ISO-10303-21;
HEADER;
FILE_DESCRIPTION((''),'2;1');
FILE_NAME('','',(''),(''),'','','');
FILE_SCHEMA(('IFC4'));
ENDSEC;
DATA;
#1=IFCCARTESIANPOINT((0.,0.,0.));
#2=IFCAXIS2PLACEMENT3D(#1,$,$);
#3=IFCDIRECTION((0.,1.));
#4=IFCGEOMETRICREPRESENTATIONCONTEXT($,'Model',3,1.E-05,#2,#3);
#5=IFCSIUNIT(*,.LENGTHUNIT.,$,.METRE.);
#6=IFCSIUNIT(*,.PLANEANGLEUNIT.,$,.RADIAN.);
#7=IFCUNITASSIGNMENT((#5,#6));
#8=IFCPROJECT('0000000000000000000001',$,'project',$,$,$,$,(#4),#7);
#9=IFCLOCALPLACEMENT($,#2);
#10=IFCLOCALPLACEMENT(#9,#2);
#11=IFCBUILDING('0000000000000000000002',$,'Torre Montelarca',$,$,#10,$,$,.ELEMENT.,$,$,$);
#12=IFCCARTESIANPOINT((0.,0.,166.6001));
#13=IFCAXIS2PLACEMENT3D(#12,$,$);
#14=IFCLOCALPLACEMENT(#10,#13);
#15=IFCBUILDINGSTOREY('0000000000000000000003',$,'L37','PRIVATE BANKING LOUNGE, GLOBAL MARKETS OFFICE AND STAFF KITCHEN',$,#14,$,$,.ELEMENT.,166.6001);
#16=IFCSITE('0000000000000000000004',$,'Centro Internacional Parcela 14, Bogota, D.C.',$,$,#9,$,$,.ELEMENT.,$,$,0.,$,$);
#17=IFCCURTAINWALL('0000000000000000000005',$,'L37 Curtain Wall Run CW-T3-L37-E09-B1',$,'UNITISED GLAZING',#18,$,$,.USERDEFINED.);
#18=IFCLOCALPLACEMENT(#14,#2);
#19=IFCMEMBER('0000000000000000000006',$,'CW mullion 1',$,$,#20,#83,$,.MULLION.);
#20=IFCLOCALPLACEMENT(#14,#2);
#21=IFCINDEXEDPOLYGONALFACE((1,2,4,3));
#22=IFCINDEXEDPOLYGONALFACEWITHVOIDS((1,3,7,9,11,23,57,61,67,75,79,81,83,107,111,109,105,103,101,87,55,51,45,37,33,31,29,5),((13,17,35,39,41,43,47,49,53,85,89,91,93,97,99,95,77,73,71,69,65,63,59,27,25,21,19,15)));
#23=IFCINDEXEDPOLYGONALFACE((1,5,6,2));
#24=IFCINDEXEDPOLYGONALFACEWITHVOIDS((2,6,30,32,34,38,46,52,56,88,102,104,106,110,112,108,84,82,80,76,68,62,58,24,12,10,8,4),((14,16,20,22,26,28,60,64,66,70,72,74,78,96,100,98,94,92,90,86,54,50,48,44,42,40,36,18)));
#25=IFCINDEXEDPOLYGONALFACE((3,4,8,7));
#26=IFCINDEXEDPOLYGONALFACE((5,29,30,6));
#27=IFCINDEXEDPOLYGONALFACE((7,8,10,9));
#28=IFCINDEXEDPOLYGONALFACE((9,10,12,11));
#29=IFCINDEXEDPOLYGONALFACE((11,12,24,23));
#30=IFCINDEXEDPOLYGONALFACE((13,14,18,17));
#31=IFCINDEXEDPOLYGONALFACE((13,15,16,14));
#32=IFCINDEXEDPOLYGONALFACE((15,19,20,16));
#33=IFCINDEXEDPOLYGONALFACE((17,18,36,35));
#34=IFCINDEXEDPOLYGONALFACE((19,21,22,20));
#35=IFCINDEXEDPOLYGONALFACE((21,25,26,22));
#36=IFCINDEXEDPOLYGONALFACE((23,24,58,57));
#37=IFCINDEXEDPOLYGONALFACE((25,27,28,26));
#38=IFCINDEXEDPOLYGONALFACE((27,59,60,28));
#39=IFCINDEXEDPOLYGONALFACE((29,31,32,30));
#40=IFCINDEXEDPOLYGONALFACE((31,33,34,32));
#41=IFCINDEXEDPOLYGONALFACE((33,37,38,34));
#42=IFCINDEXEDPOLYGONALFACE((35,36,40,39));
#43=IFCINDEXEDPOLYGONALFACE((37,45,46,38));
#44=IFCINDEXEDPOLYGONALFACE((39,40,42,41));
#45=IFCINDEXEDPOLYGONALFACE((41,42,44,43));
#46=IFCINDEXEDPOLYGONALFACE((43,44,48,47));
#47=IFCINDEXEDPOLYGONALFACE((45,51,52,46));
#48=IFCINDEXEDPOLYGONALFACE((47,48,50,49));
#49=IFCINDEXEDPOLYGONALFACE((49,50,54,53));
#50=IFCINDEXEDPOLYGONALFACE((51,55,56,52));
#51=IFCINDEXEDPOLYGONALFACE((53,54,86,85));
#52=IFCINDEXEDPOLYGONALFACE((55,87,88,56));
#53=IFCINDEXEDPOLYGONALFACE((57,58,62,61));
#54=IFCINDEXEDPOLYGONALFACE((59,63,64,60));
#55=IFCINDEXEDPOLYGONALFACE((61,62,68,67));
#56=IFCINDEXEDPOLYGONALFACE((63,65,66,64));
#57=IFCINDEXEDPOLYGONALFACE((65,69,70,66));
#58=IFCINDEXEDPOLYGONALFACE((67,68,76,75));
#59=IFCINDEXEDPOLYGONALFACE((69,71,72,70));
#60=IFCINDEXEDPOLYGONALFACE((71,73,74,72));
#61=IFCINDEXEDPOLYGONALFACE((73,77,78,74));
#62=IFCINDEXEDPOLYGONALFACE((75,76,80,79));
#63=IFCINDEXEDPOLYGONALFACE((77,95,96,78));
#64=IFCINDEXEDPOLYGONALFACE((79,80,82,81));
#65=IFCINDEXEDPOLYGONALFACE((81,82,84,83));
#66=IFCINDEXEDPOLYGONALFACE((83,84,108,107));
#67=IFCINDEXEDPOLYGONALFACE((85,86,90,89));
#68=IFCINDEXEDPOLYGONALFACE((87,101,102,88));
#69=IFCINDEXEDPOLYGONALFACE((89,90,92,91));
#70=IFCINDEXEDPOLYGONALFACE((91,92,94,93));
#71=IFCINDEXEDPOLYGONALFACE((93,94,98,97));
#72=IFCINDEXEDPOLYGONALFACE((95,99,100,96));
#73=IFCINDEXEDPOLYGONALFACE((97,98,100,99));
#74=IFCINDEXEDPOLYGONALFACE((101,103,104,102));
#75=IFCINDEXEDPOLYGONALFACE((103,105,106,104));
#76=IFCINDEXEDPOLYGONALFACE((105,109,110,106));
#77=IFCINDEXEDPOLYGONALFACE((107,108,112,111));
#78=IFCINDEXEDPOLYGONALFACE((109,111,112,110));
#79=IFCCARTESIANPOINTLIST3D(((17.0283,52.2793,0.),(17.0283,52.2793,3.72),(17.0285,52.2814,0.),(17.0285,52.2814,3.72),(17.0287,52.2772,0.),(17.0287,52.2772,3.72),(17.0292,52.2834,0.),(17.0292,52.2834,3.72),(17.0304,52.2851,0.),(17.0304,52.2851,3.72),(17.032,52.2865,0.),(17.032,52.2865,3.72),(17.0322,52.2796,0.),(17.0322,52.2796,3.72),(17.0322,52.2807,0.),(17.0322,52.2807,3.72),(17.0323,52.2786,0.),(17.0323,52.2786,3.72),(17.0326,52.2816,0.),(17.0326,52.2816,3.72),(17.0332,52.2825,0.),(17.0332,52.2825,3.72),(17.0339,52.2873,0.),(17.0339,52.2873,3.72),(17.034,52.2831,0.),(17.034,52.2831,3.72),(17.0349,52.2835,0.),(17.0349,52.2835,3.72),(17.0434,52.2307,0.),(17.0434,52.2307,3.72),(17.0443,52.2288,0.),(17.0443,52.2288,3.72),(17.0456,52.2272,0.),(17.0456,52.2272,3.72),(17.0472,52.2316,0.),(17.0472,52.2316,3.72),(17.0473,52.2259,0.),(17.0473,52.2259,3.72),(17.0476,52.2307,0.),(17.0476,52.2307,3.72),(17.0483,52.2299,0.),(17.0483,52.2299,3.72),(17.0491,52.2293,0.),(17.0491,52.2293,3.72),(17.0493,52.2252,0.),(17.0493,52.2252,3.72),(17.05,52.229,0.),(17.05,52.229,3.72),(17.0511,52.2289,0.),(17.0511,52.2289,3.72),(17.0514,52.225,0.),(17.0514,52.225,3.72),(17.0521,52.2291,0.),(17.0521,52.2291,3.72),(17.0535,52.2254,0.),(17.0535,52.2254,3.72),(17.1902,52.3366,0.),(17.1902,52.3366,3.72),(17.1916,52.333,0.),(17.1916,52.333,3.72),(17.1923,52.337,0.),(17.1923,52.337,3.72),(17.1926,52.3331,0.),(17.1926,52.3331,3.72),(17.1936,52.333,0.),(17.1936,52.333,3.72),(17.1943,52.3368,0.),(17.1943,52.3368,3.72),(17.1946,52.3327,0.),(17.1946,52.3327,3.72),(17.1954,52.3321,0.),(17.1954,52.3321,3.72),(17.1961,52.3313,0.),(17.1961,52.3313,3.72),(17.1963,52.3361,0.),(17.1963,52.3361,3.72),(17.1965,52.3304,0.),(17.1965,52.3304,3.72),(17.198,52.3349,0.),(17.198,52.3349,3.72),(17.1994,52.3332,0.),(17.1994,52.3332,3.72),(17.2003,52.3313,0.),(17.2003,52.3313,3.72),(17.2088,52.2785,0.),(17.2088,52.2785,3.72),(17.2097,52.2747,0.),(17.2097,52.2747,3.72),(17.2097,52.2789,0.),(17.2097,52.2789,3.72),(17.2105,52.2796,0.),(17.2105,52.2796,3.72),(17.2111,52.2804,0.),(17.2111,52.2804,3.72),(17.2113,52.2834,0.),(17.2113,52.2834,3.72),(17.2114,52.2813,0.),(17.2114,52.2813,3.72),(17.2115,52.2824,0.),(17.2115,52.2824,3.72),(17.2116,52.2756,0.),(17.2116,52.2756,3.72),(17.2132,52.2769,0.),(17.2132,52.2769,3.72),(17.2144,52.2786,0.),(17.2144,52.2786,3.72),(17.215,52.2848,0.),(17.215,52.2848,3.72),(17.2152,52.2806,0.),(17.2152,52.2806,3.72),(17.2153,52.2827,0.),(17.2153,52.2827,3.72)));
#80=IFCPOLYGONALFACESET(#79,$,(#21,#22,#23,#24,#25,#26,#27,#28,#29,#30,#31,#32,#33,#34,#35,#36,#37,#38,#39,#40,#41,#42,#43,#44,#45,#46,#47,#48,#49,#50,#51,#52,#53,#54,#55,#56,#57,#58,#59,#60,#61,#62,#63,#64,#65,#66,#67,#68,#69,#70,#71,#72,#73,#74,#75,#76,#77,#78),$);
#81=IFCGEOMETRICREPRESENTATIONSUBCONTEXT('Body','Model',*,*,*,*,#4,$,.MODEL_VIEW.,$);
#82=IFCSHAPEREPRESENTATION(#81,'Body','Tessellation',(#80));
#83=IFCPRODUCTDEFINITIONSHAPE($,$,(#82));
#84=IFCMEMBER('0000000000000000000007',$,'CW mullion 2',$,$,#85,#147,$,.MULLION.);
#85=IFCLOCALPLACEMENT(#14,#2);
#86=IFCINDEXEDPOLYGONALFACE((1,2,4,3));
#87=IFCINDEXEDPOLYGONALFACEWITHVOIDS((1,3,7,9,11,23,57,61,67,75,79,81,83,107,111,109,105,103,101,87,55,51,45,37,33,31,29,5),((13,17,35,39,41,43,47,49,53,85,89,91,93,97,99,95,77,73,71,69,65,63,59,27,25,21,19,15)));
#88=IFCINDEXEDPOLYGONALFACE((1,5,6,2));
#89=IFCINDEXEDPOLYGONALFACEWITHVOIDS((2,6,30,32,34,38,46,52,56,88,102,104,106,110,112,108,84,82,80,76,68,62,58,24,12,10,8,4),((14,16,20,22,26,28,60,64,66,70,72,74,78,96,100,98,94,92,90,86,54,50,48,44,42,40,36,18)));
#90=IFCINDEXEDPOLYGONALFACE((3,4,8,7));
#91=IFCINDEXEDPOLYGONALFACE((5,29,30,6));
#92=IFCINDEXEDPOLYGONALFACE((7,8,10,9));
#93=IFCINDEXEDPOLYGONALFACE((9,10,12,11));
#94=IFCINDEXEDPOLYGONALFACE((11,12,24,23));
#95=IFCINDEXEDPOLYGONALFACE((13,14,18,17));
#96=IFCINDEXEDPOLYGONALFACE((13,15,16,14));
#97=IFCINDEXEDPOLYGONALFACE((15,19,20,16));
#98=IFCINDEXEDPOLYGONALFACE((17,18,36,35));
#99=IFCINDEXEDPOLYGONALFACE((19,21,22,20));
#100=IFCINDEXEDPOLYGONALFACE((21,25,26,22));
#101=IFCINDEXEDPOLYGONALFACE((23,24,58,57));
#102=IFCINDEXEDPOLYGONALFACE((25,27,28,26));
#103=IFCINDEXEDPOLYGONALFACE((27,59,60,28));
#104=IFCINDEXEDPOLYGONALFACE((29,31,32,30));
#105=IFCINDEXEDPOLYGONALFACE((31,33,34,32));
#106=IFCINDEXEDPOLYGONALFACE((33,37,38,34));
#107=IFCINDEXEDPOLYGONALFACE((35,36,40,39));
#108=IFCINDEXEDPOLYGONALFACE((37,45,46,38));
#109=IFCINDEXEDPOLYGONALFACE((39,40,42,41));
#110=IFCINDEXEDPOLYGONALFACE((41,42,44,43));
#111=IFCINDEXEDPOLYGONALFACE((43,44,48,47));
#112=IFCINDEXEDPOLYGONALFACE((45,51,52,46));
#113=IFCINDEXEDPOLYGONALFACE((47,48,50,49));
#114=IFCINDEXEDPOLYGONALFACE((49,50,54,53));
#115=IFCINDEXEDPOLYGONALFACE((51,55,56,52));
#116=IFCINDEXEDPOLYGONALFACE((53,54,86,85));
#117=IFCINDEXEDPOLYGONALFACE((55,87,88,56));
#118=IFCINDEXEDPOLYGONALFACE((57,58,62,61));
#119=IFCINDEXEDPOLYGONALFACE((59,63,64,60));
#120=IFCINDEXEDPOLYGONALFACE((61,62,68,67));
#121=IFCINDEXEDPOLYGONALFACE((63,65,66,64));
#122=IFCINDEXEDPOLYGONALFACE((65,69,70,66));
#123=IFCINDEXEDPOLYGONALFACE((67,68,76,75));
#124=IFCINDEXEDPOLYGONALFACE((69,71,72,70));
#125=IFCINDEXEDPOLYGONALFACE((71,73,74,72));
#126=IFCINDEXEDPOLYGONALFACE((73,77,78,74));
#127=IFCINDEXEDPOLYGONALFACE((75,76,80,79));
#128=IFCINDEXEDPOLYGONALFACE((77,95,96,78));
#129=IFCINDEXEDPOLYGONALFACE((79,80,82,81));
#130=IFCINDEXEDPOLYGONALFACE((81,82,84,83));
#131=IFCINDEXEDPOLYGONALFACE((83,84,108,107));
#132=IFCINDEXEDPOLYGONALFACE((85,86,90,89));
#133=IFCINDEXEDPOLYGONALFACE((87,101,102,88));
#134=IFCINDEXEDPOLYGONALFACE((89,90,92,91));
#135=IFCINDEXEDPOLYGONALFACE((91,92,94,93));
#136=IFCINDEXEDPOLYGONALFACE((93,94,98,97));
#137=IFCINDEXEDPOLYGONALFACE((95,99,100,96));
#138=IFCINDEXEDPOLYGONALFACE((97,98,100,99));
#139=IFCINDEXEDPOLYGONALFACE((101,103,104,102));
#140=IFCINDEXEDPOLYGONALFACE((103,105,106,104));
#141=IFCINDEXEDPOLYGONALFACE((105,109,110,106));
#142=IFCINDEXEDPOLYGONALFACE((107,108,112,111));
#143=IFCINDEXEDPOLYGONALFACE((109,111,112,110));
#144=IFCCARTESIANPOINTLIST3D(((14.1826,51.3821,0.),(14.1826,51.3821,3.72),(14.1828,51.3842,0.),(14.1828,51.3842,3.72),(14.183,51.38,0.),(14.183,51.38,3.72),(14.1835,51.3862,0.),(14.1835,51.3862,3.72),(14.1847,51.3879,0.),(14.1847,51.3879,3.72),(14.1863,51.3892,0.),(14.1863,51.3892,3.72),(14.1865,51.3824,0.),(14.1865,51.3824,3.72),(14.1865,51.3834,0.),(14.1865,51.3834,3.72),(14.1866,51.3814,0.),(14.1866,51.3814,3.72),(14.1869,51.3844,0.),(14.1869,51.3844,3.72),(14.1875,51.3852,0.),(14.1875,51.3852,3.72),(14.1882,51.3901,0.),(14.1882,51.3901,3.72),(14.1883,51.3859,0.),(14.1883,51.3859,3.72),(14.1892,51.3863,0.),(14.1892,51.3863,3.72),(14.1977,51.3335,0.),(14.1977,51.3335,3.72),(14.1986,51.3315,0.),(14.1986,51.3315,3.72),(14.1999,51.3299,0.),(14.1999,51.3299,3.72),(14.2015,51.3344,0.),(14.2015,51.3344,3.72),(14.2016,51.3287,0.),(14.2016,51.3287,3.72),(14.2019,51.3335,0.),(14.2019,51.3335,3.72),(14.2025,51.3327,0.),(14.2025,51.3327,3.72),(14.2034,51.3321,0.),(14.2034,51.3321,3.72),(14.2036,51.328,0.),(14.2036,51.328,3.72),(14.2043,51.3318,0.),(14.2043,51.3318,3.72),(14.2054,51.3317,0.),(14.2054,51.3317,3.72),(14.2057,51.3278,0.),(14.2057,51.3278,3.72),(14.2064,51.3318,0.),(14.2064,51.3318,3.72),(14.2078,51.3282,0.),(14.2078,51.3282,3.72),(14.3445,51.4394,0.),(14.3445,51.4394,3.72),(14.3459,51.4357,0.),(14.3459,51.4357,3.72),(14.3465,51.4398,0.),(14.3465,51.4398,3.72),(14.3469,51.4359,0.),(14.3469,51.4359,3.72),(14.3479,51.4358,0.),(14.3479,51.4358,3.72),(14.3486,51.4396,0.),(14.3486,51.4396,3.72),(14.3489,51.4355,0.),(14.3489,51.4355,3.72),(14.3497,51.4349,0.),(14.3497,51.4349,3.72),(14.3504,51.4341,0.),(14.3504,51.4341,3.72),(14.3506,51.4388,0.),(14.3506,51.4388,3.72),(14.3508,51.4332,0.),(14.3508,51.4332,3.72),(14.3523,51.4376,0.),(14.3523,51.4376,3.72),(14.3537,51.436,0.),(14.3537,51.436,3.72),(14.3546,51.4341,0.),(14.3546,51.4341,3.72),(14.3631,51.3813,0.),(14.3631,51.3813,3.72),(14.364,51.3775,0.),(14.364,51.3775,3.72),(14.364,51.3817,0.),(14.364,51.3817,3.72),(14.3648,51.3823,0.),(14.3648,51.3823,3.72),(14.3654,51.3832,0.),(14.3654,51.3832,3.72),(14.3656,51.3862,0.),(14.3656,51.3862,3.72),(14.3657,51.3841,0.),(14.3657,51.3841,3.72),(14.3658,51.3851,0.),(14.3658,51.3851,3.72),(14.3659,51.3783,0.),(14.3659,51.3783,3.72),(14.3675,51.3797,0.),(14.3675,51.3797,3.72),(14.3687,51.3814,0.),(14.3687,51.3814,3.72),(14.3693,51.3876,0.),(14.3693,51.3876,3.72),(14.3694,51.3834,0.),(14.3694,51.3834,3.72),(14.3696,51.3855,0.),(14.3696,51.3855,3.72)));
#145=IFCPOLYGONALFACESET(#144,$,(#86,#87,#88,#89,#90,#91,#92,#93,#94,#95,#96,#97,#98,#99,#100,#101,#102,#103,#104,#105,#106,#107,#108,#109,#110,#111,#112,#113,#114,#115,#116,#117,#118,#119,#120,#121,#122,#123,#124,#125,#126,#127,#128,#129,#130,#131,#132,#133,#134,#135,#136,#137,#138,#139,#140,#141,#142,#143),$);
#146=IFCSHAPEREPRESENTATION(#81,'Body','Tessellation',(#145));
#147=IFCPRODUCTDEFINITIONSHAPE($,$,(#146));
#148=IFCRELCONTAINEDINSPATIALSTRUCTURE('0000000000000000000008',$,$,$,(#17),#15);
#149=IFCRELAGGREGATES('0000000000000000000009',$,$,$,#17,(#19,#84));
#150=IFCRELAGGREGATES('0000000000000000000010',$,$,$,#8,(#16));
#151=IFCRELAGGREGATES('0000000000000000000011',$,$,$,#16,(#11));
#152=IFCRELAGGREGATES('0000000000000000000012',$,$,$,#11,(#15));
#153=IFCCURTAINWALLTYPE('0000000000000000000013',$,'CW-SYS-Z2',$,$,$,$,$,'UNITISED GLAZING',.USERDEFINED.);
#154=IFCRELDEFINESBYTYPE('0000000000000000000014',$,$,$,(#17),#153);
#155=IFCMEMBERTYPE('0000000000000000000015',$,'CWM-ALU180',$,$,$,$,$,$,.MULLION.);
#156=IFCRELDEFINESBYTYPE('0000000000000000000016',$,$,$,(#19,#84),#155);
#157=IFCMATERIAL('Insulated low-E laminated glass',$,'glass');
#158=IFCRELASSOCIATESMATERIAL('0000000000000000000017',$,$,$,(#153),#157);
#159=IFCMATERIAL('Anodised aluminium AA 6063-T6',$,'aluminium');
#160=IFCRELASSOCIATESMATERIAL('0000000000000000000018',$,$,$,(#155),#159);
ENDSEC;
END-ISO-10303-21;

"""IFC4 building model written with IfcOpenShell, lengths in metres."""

from ifc_helpers import new_model, si_unit, direction, frame, origin, origin_2d, place, context, subcontext, project, spatial, hollow_rectangle, extrude, source, transform, mapped, material, material_profile, profile_set, type_object, element, aggregate, save


model = new_model("IFC4")

# Units and contexts
model_context = context("Model", 3, precision=1e-05, world=origin(), true_north=direction((0.0, 1.0)))
body_context = subcontext(model_context, "Body", "Model", "MODEL_VIEW")
ifc_project = project(units=[si_unit("LENGTHUNIT", "METRE"), si_unit("PLANEANGLEUNIT", "RADIAN")], contexts=[model_context])

# Site, building, storey
site_placement = place(None, origin())
site = spatial("IfcSite", under=ifc_project, at=site_placement, Name="Centro Internacional Parcela 14, Bogota, D.C.", CompositionType="ELEMENT", RefElevation=0.0)
building_placement = place(site_placement, origin())
building = spatial("IfcBuilding", under=site, at=building_placement, Name="Torre Montelarca", CompositionType="ELEMENT")
storey_placement = place(building_placement, frame((0.0, 0.0, 166.6001)))
storey = spatial("IfcBuildingStorey", under=building, at=storey_placement, Name="L37", Description="PRIVATE BANKING LOUNGE, GLOBAL MARKETS OFFICE AND STAFF KITCHEN", CompositionType="ELEMENT", Elevation=166.6001)

# Curtain wall
ifc_material_1 = material(Name="Insulated low-E laminated glass", Category="glass")
curtain_wall_type = type_object("IfcCurtainWallType", Name="CW-SYS-Z2", ElementType="UNITISED GLAZING", PredefinedType="USERDEFINED", material=ifc_material_1)
curtain_wall_1_placement = place(storey_placement, origin())
curtain_wall_1 = element("IfcCurtainWall", 1, at=curtain_wall_1_placement, inside=storey, type_object=curtain_wall_type, Name="L37 Curtain Wall Run CW-T3-L37-E09-B1", ObjectType="UNITISED GLAZING", PredefinedType="USERDEFINED")
ifc_material_2 = material(Name="Anodised aluminium AA 6063-T6", Category="aluminium")

# Shared definitions
ifc_material_profile_1 = material_profile(ifc_material_2, hollow_rectangle(XDim=0.0649, YDim=0.1799, WallThickness=0.0039, InnerFilletRadius=0.0039, OuterFilletRadius=0.0081, at=origin_2d()), Name="ALU65X180X4", Category="aluminium")
ifc_profile_set_1 = profile_set([ifc_material_profile_1], Name="Anodised aluminium AA 6063-T6")
member_type_1 = type_object("IfcMemberType", Name="CWM-ALU180", PredefinedType="MULLION", material=ifc_profile_set_1)
shared_shape_1 = source(origin(), body_context, "Body", "SweptSolid", [
    extrude(hollow_rectangle(XDim=0.0649, YDim=0.1799, WallThickness=0.0039, InnerFilletRadius=0.0039, OuterFilletRadius=0.0081, at=origin_2d()), origin(), (0.0, 0.0, 1.0), 3.72),
])

# Members
member_1_placement = place(storey_placement, frame((17.1218, 52.281, 0.0), z_axis=(0.0, 0.0, 1.0), x_axis=(0.300699, -0.953719, 0.0)))
member_1 = element("IfcMember", 2, at=member_1_placement, type_object=member_type_1, Name="CW mullion 1", PredefinedType="MULLION", context=body_context, shape_type="MappedRepresentation", body=[
    mapped(shared_shape_1, transform((0.0, 0.0, 0.0), scale=1.0)),
])
member_2_placement = place(storey_placement, frame((14.2761, 51.3838, 0.0), z_axis=(0.0, 0.0, 1.0), x_axis=(0.300699, -0.953719, 0.0)))
member_2 = element("IfcMember", 3, at=member_2_placement, type_object=member_type_1, Name="CW mullion 2", PredefinedType="MULLION", context=body_context, shape_type="MappedRepresentation", body=[
    mapped(shared_shape_1, transform((0.0, 0.0, 0.0), scale=1.0)),
])

aggregate(curtain_wall_1, [member_1, member_2])

save(model, "model.ifc")
